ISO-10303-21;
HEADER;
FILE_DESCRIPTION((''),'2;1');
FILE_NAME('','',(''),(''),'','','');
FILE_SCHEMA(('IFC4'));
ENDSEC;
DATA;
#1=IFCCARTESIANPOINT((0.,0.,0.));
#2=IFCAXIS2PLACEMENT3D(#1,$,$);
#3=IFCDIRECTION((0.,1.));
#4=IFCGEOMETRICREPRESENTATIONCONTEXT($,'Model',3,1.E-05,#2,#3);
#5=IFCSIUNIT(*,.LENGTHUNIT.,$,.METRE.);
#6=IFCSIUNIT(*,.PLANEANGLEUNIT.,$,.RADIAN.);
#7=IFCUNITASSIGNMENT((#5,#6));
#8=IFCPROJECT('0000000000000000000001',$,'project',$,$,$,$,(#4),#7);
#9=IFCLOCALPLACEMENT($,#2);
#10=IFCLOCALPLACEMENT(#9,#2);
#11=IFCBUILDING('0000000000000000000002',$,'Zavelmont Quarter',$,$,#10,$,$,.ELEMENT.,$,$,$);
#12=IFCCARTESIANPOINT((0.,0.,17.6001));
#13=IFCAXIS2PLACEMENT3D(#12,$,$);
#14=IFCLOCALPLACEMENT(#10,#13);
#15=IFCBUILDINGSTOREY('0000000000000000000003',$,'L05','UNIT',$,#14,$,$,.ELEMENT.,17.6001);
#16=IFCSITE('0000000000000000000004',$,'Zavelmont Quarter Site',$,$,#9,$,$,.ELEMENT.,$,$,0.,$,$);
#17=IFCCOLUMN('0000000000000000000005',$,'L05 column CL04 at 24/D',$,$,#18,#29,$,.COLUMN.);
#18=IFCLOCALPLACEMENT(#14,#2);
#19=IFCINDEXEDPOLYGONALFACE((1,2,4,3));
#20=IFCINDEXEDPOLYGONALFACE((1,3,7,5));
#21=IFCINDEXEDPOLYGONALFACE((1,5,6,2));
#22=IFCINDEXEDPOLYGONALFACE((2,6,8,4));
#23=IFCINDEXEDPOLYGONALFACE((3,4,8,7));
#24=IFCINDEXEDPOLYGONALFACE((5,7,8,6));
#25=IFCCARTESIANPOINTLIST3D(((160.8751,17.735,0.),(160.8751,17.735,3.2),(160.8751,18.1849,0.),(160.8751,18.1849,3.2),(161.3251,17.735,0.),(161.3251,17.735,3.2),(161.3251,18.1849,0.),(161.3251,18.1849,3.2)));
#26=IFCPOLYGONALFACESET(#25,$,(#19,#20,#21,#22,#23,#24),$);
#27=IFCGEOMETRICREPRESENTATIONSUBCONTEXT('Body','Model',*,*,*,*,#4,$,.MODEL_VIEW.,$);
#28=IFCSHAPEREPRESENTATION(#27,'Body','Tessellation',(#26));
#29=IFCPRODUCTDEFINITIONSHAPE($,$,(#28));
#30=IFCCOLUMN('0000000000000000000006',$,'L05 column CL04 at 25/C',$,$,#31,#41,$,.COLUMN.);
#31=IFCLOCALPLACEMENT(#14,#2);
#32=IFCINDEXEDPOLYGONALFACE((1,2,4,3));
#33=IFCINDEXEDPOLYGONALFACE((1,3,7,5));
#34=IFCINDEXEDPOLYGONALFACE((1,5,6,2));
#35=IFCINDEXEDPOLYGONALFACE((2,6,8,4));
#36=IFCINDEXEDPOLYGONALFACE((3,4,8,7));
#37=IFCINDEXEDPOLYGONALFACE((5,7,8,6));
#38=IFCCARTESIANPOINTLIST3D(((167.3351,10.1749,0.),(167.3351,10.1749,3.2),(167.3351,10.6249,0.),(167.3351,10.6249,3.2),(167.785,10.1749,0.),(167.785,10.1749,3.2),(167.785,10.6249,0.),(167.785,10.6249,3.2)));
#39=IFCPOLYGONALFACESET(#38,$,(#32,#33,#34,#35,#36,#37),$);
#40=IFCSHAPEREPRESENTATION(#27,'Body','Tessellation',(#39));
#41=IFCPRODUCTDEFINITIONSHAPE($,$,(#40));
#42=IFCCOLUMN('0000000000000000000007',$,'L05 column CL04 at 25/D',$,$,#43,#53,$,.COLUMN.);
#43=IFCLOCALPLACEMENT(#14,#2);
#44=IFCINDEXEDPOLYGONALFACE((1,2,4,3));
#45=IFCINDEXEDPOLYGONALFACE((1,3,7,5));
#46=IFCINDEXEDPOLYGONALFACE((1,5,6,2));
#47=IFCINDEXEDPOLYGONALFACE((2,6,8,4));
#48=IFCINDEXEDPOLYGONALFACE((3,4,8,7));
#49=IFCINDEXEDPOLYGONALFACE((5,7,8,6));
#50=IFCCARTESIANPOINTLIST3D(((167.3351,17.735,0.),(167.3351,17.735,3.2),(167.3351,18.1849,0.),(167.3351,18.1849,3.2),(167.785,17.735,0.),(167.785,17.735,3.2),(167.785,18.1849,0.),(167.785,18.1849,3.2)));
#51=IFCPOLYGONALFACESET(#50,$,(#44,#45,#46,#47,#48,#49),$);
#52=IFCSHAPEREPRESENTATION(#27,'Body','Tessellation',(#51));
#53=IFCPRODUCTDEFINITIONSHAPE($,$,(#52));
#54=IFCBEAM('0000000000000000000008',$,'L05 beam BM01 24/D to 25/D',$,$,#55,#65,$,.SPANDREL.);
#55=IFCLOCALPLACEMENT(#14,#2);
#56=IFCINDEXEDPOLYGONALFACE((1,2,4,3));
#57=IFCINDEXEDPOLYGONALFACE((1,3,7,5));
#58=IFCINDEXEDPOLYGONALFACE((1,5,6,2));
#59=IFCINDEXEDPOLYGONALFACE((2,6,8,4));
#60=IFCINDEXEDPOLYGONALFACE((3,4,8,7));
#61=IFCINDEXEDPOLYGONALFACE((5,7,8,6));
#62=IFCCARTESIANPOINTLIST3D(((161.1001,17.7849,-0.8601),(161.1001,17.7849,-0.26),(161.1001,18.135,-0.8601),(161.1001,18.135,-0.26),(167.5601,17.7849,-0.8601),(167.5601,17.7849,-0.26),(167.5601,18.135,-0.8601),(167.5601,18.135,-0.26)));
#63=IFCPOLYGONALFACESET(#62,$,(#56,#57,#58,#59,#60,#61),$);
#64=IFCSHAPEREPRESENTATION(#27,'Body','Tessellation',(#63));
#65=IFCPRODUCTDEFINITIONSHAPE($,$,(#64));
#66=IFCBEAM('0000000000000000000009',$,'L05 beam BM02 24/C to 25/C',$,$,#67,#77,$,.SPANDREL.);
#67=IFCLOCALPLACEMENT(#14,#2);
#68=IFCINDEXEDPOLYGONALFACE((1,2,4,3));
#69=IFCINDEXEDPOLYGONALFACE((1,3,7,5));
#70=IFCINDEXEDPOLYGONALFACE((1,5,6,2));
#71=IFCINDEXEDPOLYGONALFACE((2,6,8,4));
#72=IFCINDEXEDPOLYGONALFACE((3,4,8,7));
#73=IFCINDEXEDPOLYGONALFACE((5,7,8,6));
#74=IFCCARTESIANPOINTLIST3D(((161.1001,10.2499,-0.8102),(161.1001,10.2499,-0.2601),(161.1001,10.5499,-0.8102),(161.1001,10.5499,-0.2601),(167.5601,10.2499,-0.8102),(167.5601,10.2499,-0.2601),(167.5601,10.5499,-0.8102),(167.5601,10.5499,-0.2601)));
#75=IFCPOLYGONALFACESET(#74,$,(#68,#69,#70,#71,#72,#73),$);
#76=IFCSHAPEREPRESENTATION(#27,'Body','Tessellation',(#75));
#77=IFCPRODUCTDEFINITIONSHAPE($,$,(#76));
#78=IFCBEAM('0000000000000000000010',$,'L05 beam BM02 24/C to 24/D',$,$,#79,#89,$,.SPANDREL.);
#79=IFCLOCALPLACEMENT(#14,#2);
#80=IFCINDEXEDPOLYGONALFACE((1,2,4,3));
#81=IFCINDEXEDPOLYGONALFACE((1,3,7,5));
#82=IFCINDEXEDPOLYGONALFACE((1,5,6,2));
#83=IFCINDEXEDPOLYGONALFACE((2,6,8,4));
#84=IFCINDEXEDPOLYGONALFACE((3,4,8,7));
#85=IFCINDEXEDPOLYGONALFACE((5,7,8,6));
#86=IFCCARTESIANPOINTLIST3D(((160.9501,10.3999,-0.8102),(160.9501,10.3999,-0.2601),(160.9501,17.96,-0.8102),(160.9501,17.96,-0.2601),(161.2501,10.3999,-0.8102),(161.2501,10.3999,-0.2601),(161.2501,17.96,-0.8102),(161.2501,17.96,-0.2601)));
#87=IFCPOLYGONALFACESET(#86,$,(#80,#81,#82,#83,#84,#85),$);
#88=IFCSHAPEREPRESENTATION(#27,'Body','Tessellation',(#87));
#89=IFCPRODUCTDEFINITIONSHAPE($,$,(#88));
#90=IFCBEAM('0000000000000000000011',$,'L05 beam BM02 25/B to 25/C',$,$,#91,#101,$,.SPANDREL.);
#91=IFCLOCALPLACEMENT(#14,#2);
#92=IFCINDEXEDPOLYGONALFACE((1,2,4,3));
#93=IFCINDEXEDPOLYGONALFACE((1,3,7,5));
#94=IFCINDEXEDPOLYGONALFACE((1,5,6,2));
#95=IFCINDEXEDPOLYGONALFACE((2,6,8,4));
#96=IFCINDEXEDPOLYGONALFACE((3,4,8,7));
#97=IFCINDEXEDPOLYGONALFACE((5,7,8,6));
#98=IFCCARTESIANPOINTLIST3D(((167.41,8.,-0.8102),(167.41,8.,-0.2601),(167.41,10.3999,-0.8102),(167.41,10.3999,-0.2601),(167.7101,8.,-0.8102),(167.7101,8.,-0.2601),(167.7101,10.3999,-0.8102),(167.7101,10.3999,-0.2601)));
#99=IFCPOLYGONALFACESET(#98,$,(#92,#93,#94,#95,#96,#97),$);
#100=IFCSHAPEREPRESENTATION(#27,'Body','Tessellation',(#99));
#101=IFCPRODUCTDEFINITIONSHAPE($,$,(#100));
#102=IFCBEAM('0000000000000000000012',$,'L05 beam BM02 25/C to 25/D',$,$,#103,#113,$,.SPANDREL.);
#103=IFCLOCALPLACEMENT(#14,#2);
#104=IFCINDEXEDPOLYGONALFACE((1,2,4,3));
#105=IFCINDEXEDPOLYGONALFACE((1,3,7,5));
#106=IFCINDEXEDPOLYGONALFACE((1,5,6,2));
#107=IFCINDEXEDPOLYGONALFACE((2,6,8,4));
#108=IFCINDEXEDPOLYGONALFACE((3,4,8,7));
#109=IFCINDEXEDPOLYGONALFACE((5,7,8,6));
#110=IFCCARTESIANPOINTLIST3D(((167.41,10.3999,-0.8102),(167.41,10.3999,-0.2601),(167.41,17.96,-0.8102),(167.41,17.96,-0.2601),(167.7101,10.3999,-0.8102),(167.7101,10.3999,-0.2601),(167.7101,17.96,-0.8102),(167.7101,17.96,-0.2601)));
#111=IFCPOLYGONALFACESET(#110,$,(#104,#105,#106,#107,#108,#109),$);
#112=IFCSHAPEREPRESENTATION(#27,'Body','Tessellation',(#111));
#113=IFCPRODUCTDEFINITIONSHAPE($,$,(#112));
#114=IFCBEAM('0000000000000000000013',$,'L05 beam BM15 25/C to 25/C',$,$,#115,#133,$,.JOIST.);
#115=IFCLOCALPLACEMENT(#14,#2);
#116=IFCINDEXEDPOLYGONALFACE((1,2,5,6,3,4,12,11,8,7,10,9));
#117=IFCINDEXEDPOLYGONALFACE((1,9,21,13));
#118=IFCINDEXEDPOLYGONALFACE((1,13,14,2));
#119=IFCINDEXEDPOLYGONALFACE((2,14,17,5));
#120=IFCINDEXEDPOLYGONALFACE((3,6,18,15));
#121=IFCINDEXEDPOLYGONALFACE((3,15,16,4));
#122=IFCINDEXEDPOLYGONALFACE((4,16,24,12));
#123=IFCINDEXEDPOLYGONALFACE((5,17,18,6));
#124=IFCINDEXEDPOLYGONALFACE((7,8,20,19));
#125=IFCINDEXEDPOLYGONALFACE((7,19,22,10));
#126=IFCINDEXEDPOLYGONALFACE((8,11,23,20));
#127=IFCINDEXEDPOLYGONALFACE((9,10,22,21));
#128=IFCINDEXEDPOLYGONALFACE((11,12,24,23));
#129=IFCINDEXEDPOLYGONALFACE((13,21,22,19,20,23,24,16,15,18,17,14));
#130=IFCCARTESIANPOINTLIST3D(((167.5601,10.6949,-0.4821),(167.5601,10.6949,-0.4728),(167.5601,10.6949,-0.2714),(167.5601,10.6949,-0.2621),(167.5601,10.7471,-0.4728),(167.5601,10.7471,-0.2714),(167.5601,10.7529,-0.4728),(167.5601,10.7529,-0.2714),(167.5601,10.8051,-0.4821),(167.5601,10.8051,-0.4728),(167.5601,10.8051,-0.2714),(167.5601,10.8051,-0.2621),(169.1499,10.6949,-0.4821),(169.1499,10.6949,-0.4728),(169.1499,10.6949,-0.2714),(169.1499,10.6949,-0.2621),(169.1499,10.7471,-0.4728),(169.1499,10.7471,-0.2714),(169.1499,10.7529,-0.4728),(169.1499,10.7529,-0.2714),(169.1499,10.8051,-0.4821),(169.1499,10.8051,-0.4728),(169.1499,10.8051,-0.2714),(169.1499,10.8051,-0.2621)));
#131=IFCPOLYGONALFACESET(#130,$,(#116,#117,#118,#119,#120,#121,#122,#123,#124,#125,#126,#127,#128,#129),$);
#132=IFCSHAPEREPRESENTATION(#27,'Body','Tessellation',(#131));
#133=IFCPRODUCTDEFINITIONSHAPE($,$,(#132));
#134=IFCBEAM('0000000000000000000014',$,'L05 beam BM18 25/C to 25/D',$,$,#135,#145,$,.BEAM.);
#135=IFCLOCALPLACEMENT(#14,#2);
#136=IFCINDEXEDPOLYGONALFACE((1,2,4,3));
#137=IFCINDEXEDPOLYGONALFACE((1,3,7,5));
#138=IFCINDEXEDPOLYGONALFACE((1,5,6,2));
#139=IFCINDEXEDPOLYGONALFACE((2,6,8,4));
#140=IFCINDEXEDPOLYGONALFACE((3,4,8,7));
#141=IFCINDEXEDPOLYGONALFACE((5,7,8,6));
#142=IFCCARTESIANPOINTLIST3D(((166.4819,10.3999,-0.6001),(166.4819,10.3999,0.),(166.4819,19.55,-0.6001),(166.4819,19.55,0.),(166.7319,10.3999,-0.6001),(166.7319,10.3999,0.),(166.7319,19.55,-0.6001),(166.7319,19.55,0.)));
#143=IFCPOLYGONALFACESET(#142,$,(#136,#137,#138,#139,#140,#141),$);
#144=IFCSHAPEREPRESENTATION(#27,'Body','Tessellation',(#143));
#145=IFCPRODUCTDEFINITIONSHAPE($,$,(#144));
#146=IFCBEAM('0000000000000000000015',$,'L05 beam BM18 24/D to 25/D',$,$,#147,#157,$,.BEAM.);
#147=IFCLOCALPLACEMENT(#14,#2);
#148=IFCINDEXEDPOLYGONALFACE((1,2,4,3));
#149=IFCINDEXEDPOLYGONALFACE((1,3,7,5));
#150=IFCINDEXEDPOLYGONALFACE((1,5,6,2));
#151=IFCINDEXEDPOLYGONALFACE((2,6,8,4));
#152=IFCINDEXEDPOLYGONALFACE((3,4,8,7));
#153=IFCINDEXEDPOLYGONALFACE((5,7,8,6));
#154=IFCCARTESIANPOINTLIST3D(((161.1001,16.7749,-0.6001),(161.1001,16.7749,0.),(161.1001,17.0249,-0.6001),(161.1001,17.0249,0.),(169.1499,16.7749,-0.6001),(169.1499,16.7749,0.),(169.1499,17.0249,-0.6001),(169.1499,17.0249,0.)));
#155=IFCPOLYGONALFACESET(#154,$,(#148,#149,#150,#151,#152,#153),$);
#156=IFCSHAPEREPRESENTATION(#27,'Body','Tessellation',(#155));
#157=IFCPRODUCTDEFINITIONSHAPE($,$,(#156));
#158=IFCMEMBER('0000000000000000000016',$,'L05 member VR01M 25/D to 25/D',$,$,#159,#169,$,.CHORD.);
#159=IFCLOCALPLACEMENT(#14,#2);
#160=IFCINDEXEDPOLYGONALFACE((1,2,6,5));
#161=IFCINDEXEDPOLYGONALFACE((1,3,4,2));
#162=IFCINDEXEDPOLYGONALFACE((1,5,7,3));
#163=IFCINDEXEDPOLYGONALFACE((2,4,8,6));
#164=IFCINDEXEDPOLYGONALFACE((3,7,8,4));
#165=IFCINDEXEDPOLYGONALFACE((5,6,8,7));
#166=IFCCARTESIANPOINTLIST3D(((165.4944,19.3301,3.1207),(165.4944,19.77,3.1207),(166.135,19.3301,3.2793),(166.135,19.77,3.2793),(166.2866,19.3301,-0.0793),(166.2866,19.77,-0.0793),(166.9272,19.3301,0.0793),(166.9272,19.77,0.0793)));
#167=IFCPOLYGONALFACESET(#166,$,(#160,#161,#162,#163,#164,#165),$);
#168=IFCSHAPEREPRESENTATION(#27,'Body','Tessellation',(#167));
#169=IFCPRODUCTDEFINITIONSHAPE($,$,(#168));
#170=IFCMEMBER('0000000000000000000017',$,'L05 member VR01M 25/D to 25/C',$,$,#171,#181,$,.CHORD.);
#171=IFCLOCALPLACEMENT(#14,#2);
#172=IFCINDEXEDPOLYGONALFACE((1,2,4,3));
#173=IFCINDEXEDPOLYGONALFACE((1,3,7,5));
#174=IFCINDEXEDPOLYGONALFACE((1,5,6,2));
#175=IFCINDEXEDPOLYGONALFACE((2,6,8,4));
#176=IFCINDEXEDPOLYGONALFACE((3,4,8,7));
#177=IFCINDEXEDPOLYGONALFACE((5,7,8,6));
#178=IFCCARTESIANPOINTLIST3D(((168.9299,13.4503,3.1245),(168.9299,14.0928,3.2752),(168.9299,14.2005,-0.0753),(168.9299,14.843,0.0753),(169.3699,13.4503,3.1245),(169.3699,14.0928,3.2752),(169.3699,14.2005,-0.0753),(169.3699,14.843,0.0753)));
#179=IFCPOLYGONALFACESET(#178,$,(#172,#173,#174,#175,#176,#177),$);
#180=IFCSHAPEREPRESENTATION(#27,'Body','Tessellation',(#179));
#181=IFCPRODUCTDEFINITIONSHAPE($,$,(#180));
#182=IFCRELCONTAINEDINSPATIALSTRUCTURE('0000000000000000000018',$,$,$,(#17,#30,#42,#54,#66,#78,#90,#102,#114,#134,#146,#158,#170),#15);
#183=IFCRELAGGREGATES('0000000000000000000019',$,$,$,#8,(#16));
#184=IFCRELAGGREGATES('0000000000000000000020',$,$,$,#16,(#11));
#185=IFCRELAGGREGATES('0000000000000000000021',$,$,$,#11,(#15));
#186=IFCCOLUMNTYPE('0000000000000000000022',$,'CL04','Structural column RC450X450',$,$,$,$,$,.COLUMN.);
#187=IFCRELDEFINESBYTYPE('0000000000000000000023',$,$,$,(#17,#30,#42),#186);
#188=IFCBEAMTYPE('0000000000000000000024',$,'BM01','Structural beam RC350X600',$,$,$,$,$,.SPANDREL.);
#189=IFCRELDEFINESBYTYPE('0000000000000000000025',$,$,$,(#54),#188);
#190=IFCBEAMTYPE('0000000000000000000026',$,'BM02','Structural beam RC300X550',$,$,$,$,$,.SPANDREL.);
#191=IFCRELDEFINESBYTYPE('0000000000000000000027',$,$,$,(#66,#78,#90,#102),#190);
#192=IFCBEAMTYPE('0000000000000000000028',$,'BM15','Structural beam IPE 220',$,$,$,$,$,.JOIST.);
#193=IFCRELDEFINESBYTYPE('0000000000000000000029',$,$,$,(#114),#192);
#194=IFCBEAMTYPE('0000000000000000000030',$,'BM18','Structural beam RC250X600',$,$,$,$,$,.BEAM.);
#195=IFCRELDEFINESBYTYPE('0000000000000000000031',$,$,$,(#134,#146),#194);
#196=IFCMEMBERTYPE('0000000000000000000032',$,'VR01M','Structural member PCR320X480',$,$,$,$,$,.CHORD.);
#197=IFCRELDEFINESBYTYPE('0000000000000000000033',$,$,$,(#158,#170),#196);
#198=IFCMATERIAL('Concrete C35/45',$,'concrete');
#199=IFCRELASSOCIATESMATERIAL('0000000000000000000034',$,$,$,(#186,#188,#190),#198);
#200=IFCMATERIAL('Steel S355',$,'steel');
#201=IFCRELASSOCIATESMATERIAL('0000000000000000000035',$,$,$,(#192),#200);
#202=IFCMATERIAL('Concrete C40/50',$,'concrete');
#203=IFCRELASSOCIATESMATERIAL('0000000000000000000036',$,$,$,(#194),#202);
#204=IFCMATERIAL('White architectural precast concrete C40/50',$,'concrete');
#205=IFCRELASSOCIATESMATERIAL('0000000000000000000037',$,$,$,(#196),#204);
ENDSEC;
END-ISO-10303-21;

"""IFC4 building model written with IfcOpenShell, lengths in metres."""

from ifc_helpers import new_model, si_unit, direction, frame, origin, origin_2d, place, context, subcontext, project, spatial, rectangle, i_section, extrude, material, material_profile, profile_set, type_object, element, save


model = new_model("IFC4")

# Units and contexts
model_context = context("Model", 3, precision=1e-05, world=origin(), true_north=direction((0.0, 1.0)))
body_context = subcontext(model_context, "Body", "Model", "MODEL_VIEW")
ifc_project = project(units=[si_unit("LENGTHUNIT", "METRE"), si_unit("PLANEANGLEUNIT", "RADIAN")], contexts=[model_context])

# Site, building, storey
site_placement = place(None, origin())
site = spatial("IfcSite", under=ifc_project, at=site_placement, Name="Zavelmont Quarter Site", CompositionType="ELEMENT", RefElevation=0.0)
building_placement = place(site_placement, origin())
building = spatial("IfcBuilding", under=site, at=building_placement, Name="Zavelmont Quarter", CompositionType="ELEMENT")
storey_placement = place(building_placement, frame((0.0, 0.0, 17.6001)))
storey = spatial("IfcBuildingStorey", under=building, at=storey_placement, Name="L05", Description="UNIT", CompositionType="ELEMENT", Elevation=17.6001)

# Columns
ifc_material_1 = material(Name="Concrete C35/45", Category="concrete")
ifc_material_profile_1 = material_profile(ifc_material_1, rectangle(XDim=0.45, YDim=0.45, at=origin_2d()), Name="RC450X450")
ifc_profile_set_1 = profile_set([ifc_material_profile_1], Name="Concrete C35/45")
column_type = type_object("IfcColumnType", Name="CL04", Description="Structural column RC450X450", PredefinedType="COLUMN", material=ifc_profile_set_1)
for number, where, z_axis, x_axis, name in (
    (1, (161.1001, 17.96, 0.0), (0.0, 0.0, 1.0), (1.0, 0.0, 0.0), "L05 column CL04 at 24/D"),
    (2, (167.5601, 10.3999, 0.0), (0.0, 0.0, 1.0), (1.0, 0.0, 0.0), "L05 column CL04 at 25/C"),
    (3, (167.5601, 17.96, 0.0), (0.0, 0.0, 1.0), (1.0, 0.0, 0.0), "L05 column CL04 at 25/D"),
):
    element("IfcColumn", number, at=place(storey_placement, frame(where, z_axis=z_axis, x_axis=x_axis)), inside=storey, type_object=column_type, Name=name, PredefinedType="COLUMN", context=body_context, shape_type="SweptSolid", body=[
        extrude(rectangle(XDim=0.45, YDim=0.45, at=origin_2d()), origin(), (0.0, 0.0, 1.0), 3.2),
    ])

# Beams
ifc_material_profile_2 = material_profile(ifc_material_1, rectangle(XDim=0.3501, YDim=0.6001, at=origin_2d()), Name="RC350X600")
ifc_profile_set_2 = profile_set([ifc_material_profile_2], Name="Concrete C35/45")
beam_type_1 = type_object("IfcBeamType", Name="BM01", Description="Structural beam RC350X600", PredefinedType="SPANDREL", material=ifc_profile_set_2)
beam_1_placement = place(storey_placement, frame((161.1001, 17.96, -0.5601), z_axis=(1.0, 0.0, 0.0), x_axis=(0.0, 1.0, 0.0)))
element("IfcBeam", 4, at=beam_1_placement, inside=storey, type_object=beam_type_1, Name="L05 beam BM01 24/D to 25/D", PredefinedType="SPANDREL", context=body_context, shape_type="SweptSolid", body=[
    extrude(rectangle(XDim=0.3501, YDim=0.6001, at=origin_2d()), origin(), (0.0, 0.0, 1.0), 6.46),
])
ifc_material_profile_3 = material_profile(ifc_material_1, rectangle(XDim=0.3, YDim=0.55, at=origin_2d()), Name="RC300X550")
ifc_profile_set_3 = profile_set([ifc_material_profile_3], Name="Concrete C35/45")
beam_type_2 = type_object("IfcBeamType", Name="BM02", Description="Structural beam RC300X550", PredefinedType="SPANDREL", material=ifc_profile_set_3)
beam_2_placement = place(storey_placement, frame((161.1001, 10.3999, -0.5352), z_axis=(1.0, 0.0, 0.0), x_axis=(0.0, 1.0, 0.0)))
element("IfcBeam", 5, at=beam_2_placement, inside=storey, type_object=beam_type_2, Name="L05 beam BM02 24/C to 25/C", PredefinedType="SPANDREL", context=body_context, shape_type="SweptSolid", body=[
    extrude(rectangle(XDim=0.3, YDim=0.55, at=origin_2d()), origin(), (0.0, 0.0, 1.0), 6.46),
])
beam_3_placement = place(storey_placement, frame((161.1001, 10.3999, -0.5352), z_axis=(0.0, 1.0, 0.0), x_axis=(-1.0, 0.0, 0.0)))
element("IfcBeam", 6, at=beam_3_placement, inside=storey, type_object=beam_type_2, Name="L05 beam BM02 24/C to 24/D", PredefinedType="SPANDREL", context=body_context, shape_type="SweptSolid", body=[
    extrude(rectangle(XDim=0.3, YDim=0.55, at=origin_2d()), origin(), (0.0, 0.0, 1.0), 7.5601),
])
beam_4_placement = place(storey_placement, frame((167.5601, 8.0, -0.5352), z_axis=(0.0, 1.0, 0.0), x_axis=(-1.0, 0.0, 0.0)))
element("IfcBeam", 7, at=beam_4_placement, inside=storey, type_object=beam_type_2, Name="L05 beam BM02 25/B to 25/C", PredefinedType="SPANDREL", context=body_context, shape_type="SweptSolid", body=[
    extrude(rectangle(XDim=0.3, YDim=0.55, at=origin_2d()), origin(), (0.0, 0.0, 1.0), 2.3999),
])
beam_5_placement = place(storey_placement, frame((167.5601, 10.3999, -0.5352), z_axis=(0.0, 1.0, 0.0), x_axis=(-1.0, 0.0, 0.0)))
element("IfcBeam", 8, at=beam_5_placement, inside=storey, type_object=beam_type_2, Name="L05 beam BM02 25/C to 25/D", PredefinedType="SPANDREL", context=body_context, shape_type="SweptSolid", body=[
    extrude(rectangle(XDim=0.3, YDim=0.55, at=origin_2d()), origin(), (0.0, 0.0, 1.0), 7.5601),
])
ifc_material_2 = material(Name="Steel S355", Category="steel")
ifc_material_profile_4 = material_profile(ifc_material_2, i_section(OverallWidth=0.1101, OverallDepth=0.22, WebThickness=0.0059, FlangeThickness=0.0093, at=origin_2d()), Name="IPE 220")
ifc_profile_set_4 = profile_set([ifc_material_profile_4], Name="Steel S355")
beam_type_3 = type_object("IfcBeamType", Name="BM15", Description="Structural beam IPE 220", PredefinedType="JOIST", material=ifc_profile_set_4)
beam_6_placement = place(storey_placement, frame((167.5601, 10.75, -0.3721), z_axis=(1.0, 0.0, 0.0), x_axis=(0.0, 1.0, 0.0)))
element("IfcBeam", 9, at=beam_6_placement, inside=storey, type_object=beam_type_3, Name="L05 beam BM15 25/C to 25/C", PredefinedType="JOIST", context=body_context, shape_type="SweptSolid", body=[
    extrude(i_section(OverallWidth=0.1101, OverallDepth=0.22, WebThickness=0.0059, FlangeThickness=0.0093, at=origin_2d()), origin(), (0.0, 0.0, 1.0), 1.5898),
])
ifc_material_3 = material(Name="Concrete C40/50", Category="concrete")
ifc_material_profile_5 = material_profile(ifc_material_3, rectangle(XDim=0.25, YDim=0.6001, at=origin_2d()), Name="RC250X600")
ifc_profile_set_5 = profile_set([ifc_material_profile_5], Name="Concrete C40/50")
beam_type_4 = type_object("IfcBeamType", Name="BM18", Description="Structural beam RC250X600", PredefinedType="BEAM", material=ifc_profile_set_5)
beam_7_placement = place(storey_placement, frame((166.6069, 10.3999, -0.3), z_axis=(0.0, 1.0, 0.0), x_axis=(-1.0, 0.0, 0.0)))
element("IfcBeam", 10, at=beam_7_placement, inside=storey, type_object=beam_type_4, Name="L05 beam BM18 25/C to 25/D", PredefinedType="BEAM", context=body_context, shape_type="SweptSolid", body=[
    extrude(rectangle(XDim=0.25, YDim=0.6001, at=origin_2d()), origin(), (0.0, 0.0, 1.0), 9.1501),
])
beam_8_placement = place(storey_placement, frame((161.1001, 16.8999, -0.3), z_axis=(1.0, 0.0, 0.0), x_axis=(0.0, 1.0, 0.0)))
element("IfcBeam", 11, at=beam_8_placement, inside=storey, type_object=beam_type_4, Name="L05 beam BM18 24/D to 25/D", PredefinedType="BEAM", context=body_context, shape_type="SweptSolid", body=[
    extrude(rectangle(XDim=0.25, YDim=0.6001, at=origin_2d()), origin(), (0.0, 0.0, 1.0), 8.0498),
])

# Members
ifc_material_4 = material(Name="White architectural precast concrete C40/50", Category="concrete")
ifc_material_profile_6 = material_profile(ifc_material_4, rectangle(XDim=0.4399, YDim=0.6599, at=origin_2d()), Name="PCR320X480")
ifc_profile_set_6 = profile_set([ifc_material_profile_6], Name="White architectural precast concrete C40/50")
member_type = type_object("IfcMemberType", Name="VR01M", Description="Structural member PCR320X480", PredefinedType="CHORD", material=ifc_profile_set_6)
member_1_placement = place(storey_placement, frame((166.6069, 19.55, 0.0), z_axis=(-0.240322, 0.0, 0.970693), x_axis=(0.0, -1.0, 0.0)))
element("IfcMember", 12, at=member_1_placement, inside=storey, type_object=member_type, Name="L05 member VR01M 25/D to 25/D", PredefinedType="CHORD", context=body_context, shape_type="SweptSolid", body=[
    extrude(rectangle(XDim=0.4399, YDim=0.6599, at=origin_2d()), origin(), (0.0, 0.0, 1.0), 3.2966),
])
member_2_placement = place(storey_placement, frame((169.1499, 14.5217, 0.0), z_axis=(0.0, -0.228265, 0.973599), x_axis=(1.0, 0.0, 0.0)))
element("IfcMember", 13, at=member_2_placement, inside=storey, type_object=member_type, Name="L05 member VR01M 25/D to 25/C", PredefinedType="CHORD", context=body_context, shape_type="SweptSolid", body=[
    extrude(rectangle(XDim=0.4399, YDim=0.6599, at=origin_2d()), origin(), (0.0, 0.0, 1.0), 3.2866),
])

save(model, "model.ifc")
